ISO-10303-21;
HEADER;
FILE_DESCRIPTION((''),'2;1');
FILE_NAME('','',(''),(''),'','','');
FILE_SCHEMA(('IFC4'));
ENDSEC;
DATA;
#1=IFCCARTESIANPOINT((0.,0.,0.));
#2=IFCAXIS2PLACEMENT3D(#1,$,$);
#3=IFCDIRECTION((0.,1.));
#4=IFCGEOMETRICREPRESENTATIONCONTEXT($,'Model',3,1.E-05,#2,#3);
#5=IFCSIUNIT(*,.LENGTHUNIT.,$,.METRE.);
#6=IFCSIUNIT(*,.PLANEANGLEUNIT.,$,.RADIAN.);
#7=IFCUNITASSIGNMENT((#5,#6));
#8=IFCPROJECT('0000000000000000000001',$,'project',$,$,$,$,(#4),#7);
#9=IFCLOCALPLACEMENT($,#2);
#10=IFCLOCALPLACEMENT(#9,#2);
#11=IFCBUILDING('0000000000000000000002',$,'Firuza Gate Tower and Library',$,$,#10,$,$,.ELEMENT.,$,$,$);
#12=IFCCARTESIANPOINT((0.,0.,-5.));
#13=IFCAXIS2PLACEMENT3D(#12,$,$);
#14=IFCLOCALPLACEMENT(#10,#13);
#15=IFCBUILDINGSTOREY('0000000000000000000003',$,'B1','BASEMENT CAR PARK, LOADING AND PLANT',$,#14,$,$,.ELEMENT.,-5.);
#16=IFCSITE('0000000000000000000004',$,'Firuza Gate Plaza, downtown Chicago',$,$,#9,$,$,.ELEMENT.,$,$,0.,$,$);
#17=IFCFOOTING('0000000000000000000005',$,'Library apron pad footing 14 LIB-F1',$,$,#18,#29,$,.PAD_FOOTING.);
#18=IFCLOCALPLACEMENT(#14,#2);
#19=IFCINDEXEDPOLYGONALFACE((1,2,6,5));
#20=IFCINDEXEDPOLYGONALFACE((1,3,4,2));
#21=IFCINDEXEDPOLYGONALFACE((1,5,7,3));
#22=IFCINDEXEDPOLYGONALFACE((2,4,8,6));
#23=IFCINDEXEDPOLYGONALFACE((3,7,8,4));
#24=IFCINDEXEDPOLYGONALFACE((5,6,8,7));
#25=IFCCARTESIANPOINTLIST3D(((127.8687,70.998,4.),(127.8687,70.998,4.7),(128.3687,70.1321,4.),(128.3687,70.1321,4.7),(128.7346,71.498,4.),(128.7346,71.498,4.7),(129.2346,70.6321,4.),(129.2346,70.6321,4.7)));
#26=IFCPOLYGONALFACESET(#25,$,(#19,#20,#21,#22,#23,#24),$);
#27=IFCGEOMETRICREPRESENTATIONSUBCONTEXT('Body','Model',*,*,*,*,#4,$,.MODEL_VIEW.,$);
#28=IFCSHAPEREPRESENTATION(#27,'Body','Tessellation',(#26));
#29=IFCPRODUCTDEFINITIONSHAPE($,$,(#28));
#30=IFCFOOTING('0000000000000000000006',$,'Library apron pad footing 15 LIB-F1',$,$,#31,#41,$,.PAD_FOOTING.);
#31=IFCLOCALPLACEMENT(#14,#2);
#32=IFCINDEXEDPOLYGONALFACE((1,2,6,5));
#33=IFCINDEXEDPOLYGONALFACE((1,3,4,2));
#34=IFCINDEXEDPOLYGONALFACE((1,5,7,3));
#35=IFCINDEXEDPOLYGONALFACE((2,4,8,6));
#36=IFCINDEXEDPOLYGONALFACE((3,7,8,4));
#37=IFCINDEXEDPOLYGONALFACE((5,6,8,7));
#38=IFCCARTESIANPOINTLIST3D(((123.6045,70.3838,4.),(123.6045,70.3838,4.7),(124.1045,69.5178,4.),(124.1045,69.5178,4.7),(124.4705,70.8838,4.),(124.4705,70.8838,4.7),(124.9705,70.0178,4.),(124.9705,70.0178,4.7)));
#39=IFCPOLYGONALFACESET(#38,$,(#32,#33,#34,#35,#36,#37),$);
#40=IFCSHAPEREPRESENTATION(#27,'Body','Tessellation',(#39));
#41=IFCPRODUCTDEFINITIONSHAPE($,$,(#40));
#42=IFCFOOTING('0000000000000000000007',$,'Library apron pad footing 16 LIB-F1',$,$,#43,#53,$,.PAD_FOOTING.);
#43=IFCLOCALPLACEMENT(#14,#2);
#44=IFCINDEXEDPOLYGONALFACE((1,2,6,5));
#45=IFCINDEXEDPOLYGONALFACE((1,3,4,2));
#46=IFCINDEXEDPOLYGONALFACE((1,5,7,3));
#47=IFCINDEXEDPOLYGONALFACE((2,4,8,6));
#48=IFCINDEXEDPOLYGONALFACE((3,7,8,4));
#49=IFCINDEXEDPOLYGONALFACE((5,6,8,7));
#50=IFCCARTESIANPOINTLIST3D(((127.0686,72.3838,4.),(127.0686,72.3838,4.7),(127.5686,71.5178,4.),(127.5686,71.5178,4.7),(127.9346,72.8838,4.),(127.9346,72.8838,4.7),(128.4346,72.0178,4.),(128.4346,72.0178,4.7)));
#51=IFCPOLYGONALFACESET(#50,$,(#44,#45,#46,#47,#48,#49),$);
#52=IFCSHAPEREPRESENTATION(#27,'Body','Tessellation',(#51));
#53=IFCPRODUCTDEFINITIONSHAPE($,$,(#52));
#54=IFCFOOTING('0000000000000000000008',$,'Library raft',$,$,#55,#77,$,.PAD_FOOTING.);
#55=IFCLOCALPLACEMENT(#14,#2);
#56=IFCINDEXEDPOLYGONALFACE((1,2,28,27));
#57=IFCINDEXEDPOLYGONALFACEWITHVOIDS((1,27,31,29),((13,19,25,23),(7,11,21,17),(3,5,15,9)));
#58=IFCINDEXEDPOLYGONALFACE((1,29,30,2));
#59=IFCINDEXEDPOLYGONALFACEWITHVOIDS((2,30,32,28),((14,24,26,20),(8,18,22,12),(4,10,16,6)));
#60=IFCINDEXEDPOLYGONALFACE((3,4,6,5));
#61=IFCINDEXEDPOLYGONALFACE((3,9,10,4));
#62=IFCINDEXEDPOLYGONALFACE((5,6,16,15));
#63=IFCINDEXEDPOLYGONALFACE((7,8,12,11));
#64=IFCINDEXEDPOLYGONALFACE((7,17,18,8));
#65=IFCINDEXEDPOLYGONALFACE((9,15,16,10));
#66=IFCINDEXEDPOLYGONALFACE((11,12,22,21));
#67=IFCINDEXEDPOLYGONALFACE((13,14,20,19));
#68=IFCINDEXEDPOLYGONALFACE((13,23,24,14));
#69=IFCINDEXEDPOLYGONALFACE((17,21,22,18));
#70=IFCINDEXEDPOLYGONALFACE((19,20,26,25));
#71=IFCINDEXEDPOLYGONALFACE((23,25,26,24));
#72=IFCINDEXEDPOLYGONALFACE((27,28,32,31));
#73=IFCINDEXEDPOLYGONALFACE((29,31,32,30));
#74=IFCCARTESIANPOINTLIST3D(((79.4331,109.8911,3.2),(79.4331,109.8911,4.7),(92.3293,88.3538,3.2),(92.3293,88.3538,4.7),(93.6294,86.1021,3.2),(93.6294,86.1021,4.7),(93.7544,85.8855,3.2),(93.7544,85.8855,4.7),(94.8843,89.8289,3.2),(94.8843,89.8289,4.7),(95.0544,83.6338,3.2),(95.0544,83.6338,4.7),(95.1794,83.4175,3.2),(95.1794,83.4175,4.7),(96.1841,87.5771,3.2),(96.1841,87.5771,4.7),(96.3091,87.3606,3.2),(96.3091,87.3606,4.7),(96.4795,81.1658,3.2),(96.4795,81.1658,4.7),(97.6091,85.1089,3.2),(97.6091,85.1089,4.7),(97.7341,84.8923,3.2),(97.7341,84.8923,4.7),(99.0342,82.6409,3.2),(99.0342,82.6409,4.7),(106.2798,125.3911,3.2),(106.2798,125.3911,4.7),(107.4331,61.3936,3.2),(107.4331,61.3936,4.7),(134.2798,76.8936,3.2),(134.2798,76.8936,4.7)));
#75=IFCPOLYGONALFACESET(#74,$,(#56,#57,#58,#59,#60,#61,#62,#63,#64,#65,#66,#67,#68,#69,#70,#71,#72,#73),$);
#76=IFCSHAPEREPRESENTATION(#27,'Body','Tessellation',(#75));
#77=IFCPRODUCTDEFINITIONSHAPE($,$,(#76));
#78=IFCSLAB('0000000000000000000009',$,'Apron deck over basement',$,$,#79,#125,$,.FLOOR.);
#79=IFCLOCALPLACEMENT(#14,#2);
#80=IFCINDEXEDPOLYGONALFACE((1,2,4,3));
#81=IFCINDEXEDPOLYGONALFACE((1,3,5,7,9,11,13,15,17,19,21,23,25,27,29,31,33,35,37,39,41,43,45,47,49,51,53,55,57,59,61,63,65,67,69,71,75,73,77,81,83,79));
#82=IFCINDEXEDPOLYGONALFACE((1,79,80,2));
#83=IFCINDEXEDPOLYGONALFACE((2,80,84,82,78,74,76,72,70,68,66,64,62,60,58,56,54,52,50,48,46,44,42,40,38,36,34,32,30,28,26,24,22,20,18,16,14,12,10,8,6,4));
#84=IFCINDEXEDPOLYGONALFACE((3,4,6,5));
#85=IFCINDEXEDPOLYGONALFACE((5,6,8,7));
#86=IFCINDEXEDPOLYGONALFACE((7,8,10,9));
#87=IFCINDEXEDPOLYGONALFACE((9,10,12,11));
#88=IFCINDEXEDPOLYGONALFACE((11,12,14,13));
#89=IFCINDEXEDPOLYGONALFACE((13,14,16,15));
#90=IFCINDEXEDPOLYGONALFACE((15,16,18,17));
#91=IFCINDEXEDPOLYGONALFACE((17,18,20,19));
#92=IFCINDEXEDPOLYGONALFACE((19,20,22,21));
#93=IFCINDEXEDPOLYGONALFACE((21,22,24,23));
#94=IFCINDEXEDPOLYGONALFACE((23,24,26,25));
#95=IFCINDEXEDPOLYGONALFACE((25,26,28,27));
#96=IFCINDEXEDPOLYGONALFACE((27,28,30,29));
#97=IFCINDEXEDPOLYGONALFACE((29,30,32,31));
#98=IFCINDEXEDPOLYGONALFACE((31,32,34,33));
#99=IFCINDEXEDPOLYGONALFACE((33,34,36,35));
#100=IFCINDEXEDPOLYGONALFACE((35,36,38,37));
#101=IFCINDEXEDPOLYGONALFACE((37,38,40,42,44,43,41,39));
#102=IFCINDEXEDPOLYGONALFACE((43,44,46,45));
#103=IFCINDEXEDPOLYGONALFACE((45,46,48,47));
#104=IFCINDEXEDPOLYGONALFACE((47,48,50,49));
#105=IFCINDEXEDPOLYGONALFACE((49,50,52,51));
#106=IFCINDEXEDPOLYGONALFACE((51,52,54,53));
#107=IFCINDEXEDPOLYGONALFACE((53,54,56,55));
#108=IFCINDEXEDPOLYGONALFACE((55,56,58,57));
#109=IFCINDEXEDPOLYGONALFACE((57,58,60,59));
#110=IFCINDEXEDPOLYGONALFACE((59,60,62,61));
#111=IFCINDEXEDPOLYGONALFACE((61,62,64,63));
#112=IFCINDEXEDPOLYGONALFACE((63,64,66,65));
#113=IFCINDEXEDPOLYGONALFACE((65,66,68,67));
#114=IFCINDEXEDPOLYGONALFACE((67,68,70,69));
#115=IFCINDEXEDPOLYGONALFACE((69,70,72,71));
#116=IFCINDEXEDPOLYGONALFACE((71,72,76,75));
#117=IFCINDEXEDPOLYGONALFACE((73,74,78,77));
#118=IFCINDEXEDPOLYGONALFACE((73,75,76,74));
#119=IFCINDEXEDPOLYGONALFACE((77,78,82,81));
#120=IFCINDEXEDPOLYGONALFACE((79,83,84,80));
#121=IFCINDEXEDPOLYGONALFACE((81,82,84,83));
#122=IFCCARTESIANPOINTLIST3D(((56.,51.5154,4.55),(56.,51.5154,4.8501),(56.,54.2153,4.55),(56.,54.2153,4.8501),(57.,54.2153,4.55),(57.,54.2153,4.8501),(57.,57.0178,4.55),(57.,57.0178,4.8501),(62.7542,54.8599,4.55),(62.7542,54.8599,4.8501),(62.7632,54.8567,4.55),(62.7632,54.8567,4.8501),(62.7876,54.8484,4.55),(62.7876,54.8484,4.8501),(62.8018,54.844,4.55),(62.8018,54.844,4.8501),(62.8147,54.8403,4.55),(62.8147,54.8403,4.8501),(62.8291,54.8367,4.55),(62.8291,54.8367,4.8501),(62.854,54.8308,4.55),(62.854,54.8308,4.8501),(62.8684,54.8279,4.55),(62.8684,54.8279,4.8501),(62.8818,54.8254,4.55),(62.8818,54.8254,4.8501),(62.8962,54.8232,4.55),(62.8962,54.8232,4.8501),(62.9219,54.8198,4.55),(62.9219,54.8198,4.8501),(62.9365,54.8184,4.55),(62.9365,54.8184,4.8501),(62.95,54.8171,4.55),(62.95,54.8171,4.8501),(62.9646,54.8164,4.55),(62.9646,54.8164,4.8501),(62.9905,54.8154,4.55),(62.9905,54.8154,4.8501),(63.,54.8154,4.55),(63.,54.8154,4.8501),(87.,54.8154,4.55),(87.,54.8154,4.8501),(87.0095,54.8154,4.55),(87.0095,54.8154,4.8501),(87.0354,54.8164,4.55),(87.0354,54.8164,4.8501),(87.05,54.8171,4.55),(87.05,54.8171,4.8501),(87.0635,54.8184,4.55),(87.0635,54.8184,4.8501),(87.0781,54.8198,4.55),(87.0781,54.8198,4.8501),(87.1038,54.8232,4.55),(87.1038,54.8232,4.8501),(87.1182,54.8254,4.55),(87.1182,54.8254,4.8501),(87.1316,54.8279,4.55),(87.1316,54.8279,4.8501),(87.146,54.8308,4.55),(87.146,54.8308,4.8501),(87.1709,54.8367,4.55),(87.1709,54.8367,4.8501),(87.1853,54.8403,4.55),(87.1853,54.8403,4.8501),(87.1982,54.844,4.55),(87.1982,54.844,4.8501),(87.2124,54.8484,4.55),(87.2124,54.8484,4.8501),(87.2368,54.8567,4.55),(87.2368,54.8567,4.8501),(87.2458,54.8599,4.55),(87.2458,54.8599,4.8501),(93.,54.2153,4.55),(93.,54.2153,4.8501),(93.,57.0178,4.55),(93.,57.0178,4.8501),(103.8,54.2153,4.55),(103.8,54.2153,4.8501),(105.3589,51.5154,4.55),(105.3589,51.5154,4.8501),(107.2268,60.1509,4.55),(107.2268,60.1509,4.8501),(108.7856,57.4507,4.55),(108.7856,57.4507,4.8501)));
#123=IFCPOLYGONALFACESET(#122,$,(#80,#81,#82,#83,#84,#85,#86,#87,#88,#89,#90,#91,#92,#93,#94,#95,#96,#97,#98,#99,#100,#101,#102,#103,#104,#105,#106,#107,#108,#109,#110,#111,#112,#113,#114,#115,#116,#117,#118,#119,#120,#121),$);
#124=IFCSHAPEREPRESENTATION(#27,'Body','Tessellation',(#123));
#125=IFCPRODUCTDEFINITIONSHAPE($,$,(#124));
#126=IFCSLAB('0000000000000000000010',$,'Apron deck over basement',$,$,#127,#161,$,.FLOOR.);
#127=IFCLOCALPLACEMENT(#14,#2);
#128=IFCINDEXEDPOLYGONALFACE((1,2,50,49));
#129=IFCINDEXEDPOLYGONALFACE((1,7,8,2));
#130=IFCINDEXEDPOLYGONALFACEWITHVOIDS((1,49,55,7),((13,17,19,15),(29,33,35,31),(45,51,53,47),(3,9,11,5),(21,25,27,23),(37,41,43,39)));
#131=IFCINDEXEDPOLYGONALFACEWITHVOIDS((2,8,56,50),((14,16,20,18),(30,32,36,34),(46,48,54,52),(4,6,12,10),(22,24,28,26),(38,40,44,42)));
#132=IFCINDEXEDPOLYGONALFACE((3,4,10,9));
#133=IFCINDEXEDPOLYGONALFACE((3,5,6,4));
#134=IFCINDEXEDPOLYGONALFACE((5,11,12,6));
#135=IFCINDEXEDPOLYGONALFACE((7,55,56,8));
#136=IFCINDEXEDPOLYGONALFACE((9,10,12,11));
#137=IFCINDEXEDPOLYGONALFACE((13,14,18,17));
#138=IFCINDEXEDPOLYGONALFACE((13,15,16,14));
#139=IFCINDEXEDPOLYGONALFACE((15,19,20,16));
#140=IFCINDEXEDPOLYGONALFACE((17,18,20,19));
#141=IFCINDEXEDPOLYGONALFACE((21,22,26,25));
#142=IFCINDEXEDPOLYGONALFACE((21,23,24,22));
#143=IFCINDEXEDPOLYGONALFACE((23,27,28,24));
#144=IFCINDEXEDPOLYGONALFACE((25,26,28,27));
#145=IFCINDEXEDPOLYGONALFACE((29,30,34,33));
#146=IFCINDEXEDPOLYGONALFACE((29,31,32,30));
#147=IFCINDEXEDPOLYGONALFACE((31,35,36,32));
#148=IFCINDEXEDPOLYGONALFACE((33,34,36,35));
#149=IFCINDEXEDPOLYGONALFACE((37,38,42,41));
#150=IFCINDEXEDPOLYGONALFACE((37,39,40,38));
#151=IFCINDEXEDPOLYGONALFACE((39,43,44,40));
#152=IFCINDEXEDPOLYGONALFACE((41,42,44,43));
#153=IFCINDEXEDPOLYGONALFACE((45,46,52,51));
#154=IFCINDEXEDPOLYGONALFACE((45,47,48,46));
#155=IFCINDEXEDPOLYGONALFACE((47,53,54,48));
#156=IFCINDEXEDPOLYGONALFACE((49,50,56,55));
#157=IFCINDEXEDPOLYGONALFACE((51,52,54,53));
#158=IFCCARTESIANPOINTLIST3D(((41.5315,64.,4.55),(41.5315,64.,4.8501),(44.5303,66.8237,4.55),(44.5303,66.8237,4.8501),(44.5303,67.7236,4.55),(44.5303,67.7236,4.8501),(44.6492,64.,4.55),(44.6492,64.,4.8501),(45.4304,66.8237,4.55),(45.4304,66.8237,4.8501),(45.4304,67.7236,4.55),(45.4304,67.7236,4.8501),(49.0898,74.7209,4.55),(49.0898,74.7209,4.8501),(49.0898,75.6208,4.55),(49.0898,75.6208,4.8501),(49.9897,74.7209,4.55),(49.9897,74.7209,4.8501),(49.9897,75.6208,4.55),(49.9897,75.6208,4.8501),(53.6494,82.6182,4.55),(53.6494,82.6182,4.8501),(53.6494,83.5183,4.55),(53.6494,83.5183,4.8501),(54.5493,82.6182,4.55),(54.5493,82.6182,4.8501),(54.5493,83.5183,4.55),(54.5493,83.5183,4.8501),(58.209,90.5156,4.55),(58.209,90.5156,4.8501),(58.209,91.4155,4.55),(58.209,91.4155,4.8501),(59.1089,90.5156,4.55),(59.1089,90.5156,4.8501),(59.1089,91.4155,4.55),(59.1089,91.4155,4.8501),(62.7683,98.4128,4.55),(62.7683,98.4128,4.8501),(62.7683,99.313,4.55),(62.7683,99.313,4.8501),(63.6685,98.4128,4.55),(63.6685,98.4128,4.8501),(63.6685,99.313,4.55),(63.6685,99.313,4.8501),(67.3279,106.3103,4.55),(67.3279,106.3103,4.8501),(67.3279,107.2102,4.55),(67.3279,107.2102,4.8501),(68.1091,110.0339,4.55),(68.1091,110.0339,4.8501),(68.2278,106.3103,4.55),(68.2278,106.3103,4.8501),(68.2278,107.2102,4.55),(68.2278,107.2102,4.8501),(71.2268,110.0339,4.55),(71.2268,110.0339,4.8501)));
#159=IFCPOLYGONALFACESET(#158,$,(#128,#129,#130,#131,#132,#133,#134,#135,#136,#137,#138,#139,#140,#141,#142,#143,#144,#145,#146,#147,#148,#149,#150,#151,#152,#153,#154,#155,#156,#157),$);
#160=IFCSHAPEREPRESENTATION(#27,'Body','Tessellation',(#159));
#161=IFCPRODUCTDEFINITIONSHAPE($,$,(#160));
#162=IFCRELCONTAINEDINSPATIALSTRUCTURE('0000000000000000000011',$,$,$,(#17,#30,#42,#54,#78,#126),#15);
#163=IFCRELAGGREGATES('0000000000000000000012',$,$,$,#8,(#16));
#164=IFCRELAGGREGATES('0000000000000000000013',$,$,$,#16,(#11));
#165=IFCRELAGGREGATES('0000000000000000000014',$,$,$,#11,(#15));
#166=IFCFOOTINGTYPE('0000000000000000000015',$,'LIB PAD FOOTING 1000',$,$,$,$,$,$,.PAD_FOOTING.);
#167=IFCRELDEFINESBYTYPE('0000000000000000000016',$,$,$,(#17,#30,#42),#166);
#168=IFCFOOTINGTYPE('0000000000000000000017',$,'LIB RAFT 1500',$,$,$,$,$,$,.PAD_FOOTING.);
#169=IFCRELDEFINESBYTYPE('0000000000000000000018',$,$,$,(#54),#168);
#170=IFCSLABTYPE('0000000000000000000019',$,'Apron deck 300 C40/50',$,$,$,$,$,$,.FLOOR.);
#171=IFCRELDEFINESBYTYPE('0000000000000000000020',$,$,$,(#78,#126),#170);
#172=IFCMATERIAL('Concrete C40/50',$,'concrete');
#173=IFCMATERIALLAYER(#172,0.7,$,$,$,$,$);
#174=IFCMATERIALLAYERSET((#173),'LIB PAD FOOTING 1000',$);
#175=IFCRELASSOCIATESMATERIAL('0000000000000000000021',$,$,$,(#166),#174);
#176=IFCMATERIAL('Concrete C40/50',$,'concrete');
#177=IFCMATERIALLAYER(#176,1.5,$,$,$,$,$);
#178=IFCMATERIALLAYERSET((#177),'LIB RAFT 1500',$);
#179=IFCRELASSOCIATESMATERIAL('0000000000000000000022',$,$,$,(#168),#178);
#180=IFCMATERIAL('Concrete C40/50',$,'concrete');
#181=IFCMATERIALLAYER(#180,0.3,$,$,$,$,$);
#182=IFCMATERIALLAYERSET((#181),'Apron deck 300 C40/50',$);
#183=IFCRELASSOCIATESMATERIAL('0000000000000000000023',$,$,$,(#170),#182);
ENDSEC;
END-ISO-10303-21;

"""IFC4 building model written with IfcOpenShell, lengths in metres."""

from ifc_helpers import new_model, si_unit, direction, frame, origin, place, context, subcontext, project, spatial, polyline, outline, extrude, material, layer, layer_set, type_object, element, save


model = new_model("IFC4")

# Units and contexts
model_context = context("Model", 3, precision=1e-05, world=origin(), true_north=direction((0.0, 1.0)))
body_context = subcontext(model_context, "Body", "Model", "MODEL_VIEW")
ifc_project = project(units=[si_unit("LENGTHUNIT", "METRE"), si_unit("PLANEANGLEUNIT", "RADIAN")], contexts=[model_context])

# Site, building, storey
site_placement = place(None, origin())
site = spatial("IfcSite", under=ifc_project, at=site_placement, Name="Firuza Gate Plaza, downtown Chicago", CompositionType="ELEMENT", RefElevation=0.0)
building_placement = place(site_placement, origin())
building = spatial("IfcBuilding", under=site, at=building_placement, Name="Firuza Gate Tower and Library", CompositionType="ELEMENT")
storey_placement = place(building_placement, frame((0.0, 0.0, -5.0)))
storey = spatial("IfcBuildingStorey", under=building, at=storey_placement, Name="B1", Description="BASEMENT CAR PARK, LOADING AND PLANT", CompositionType="ELEMENT", Elevation=-5.0)

# Footings
placement_1 = place(storey_placement, frame((0.0, 0.0, 3.2)))
ifc_material_1 = material(Name="Concrete C40/50", Category="concrete")
ifc_layer_1 = layer(ifc_material_1, 0.7)
ifc_layer_set_1 = layer_set([ifc_layer_1], Name="LIB PAD FOOTING 1000")
footing_type_1 = type_object("IfcFootingType", Name="LIB PAD FOOTING 1000", PredefinedType="PAD_FOOTING", material=ifc_layer_set_1)
placement_2 = place(storey_placement, frame((0.0, 0.0, 4.0)))
element("IfcFooting", 1, at=placement_2, inside=storey, type_object=footing_type_1, Name="Library apron pad footing 14 LIB-F1", PredefinedType="PAD_FOOTING", context=body_context, shape_type="SweptSolid", body=[
    extrude(outline(polyline([(129.2346, 70.6321), (128.7346, 71.498), (127.8687, 70.998), (128.3687, 70.1321), (129.2346, 70.6321)])), origin(), (0.0, 0.0, 1.0), 0.7),
])
element("IfcFooting", 2, at=placement_2, inside=storey, type_object=footing_type_1, Name="Library apron pad footing 15 LIB-F1", PredefinedType="PAD_FOOTING", context=body_context, shape_type="SweptSolid", body=[
    extrude(outline(polyline([(124.9705, 70.0178), (124.4705, 70.8838), (123.6045, 70.3838), (124.1045, 69.5178), (124.9705, 70.0178)])), origin(), (0.0, 0.0, 1.0), 0.7),
])
element("IfcFooting", 3, at=placement_2, inside=storey, type_object=footing_type_1, Name="Library apron pad footing 16 LIB-F1", PredefinedType="PAD_FOOTING", context=body_context, shape_type="SweptSolid", body=[
    extrude(outline(polyline([(128.4346, 72.0178), (127.9346, 72.8838), (127.0686, 72.3838), (127.5686, 71.5178), (128.4346, 72.0178)])), origin(), (0.0, 0.0, 1.0), 0.7),
])
ifc_material_2 = material(Name="Concrete C40/50", Category="concrete")
ifc_layer_2 = layer(ifc_material_2, 1.5)
ifc_layer_set_2 = layer_set([ifc_layer_2], Name="LIB RAFT 1500")
footing_type_2 = type_object("IfcFootingType", Name="LIB RAFT 1500", PredefinedType="PAD_FOOTING", material=ifc_layer_set_2)
element("IfcFooting", 4, at=placement_1, inside=storey, type_object=footing_type_2, Name="Library raft", PredefinedType="PAD_FOOTING", context=body_context, shape_type="SweptSolid", body=[
    extrude(outline(polyline([(134.2798, 76.8936), (106.2798, 125.3911), (79.4331, 109.8911), (107.4331, 61.3936), (134.2798, 76.8936)]), holes=[polyline([(99.0342, 82.6409), (97.7341, 84.8923), (95.1794, 83.4175), (96.4795, 81.1658), (99.0342, 82.6409)]), polyline([(97.6091, 85.1089), (96.3091, 87.3606), (93.7544, 85.8855), (95.0544, 83.6338), (97.6091, 85.1089)]), polyline([(96.1841, 87.5771), (94.8843, 89.8289), (92.3293, 88.3538), (93.6294, 86.1021), (96.1841, 87.5771)])]), origin(), (0.0, 0.0, 1.0), 1.5),
])

# Slabs
ifc_material_3 = material(Name="Concrete C40/50", Category="concrete")
ifc_layer_3 = layer(ifc_material_3, 0.3)
ifc_layer_set_3 = layer_set([ifc_layer_3], Name="Apron deck 300 C40/50")
slab_type_1 = type_object("IfcSlabType", Name="Apron deck 300 C40/50", PredefinedType="FLOOR", material=ifc_layer_set_3)
placement_3 = place(storey_placement, frame((0.0, 0.0, 4.55)))
element("IfcSlab", 5, at=placement_3, inside=storey, type_object=slab_type_1, Name="Apron deck over basement", PredefinedType="FLOOR", context=body_context, shape_type="SweptSolid", body=[
    extrude(outline(polyline([(56.0, 51.5154), (105.3589, 51.5154), (108.7856, 57.4507), (107.2268, 60.1509), (103.8, 54.2153), (93.0, 54.2153), (93.0, 57.0178), (87.2458, 54.8599), (87.2368, 54.8567), (87.2124, 54.8484), (87.1982, 54.844), (87.1853, 54.8403), (87.1709, 54.8367), (87.146, 54.8308), (87.1316, 54.8279), (87.1182, 54.8254), (87.1038, 54.8232), (87.0781, 54.8198), (87.0635, 54.8184), (87.05, 54.8171), (87.0354, 54.8164), (87.0095, 54.8154), (87.0, 54.8154), (63.0, 54.8154), (62.9905, 54.8154), (62.9646, 54.8164), (62.95, 54.8171), (62.9365, 54.8184), (62.9219, 54.8198), (62.8962, 54.8232), (62.8818, 54.8254), (62.8684, 54.8279), (62.854, 54.8308), (62.8291, 54.8367), (62.8147, 54.8403), (62.8018, 54.844), (62.7876, 54.8484), (62.7632, 54.8567), (62.7542, 54.8599), (57.0, 57.0178), (57.0, 54.2153), (56.0, 54.2153), (56.0, 51.5154)])), origin(), (0.0, 0.0, 1.0), 0.3),
])
element("IfcSlab", 6, at=placement_3, inside=storey, type_object=slab_type_1, Name="Apron deck over basement", PredefinedType="FLOOR", context=body_context, shape_type="SweptSolid", body=[
    extrude(outline(polyline([(41.5315, 64.0), (44.6492, 64.0), (71.2268, 110.0339), (68.1091, 110.0339), (41.5315, 64.0)]), holes=[polyline([(44.5303, 67.7236), (45.4304, 67.7236), (45.4304, 66.8237), (44.5303, 66.8237), (44.5303, 67.7236)]), polyline([(49.0898, 74.7209), (49.0898, 75.6208), (49.9897, 75.6208), (49.9897, 74.7209), (49.0898, 74.7209)]), polyline([(53.6494, 82.6182), (53.6494, 83.5183), (54.5493, 83.5183), (54.5493, 82.6182), (53.6494, 82.6182)]), polyline([(58.209, 90.5156), (58.209, 91.4155), (59.1089, 91.4155), (59.1089, 90.5156), (58.209, 90.5156)]), polyline([(62.7683, 98.4128), (62.7683, 99.313), (63.6685, 99.313), (63.6685, 98.4128), (62.7683, 98.4128)]), polyline([(67.3279, 106.3103), (67.3279, 107.2102), (68.2278, 107.2102), (68.2278, 106.3103), (67.3279, 106.3103)])]), origin(), (0.0, 0.0, 1.0), 0.3),
])

save(model, "model.ifc")
